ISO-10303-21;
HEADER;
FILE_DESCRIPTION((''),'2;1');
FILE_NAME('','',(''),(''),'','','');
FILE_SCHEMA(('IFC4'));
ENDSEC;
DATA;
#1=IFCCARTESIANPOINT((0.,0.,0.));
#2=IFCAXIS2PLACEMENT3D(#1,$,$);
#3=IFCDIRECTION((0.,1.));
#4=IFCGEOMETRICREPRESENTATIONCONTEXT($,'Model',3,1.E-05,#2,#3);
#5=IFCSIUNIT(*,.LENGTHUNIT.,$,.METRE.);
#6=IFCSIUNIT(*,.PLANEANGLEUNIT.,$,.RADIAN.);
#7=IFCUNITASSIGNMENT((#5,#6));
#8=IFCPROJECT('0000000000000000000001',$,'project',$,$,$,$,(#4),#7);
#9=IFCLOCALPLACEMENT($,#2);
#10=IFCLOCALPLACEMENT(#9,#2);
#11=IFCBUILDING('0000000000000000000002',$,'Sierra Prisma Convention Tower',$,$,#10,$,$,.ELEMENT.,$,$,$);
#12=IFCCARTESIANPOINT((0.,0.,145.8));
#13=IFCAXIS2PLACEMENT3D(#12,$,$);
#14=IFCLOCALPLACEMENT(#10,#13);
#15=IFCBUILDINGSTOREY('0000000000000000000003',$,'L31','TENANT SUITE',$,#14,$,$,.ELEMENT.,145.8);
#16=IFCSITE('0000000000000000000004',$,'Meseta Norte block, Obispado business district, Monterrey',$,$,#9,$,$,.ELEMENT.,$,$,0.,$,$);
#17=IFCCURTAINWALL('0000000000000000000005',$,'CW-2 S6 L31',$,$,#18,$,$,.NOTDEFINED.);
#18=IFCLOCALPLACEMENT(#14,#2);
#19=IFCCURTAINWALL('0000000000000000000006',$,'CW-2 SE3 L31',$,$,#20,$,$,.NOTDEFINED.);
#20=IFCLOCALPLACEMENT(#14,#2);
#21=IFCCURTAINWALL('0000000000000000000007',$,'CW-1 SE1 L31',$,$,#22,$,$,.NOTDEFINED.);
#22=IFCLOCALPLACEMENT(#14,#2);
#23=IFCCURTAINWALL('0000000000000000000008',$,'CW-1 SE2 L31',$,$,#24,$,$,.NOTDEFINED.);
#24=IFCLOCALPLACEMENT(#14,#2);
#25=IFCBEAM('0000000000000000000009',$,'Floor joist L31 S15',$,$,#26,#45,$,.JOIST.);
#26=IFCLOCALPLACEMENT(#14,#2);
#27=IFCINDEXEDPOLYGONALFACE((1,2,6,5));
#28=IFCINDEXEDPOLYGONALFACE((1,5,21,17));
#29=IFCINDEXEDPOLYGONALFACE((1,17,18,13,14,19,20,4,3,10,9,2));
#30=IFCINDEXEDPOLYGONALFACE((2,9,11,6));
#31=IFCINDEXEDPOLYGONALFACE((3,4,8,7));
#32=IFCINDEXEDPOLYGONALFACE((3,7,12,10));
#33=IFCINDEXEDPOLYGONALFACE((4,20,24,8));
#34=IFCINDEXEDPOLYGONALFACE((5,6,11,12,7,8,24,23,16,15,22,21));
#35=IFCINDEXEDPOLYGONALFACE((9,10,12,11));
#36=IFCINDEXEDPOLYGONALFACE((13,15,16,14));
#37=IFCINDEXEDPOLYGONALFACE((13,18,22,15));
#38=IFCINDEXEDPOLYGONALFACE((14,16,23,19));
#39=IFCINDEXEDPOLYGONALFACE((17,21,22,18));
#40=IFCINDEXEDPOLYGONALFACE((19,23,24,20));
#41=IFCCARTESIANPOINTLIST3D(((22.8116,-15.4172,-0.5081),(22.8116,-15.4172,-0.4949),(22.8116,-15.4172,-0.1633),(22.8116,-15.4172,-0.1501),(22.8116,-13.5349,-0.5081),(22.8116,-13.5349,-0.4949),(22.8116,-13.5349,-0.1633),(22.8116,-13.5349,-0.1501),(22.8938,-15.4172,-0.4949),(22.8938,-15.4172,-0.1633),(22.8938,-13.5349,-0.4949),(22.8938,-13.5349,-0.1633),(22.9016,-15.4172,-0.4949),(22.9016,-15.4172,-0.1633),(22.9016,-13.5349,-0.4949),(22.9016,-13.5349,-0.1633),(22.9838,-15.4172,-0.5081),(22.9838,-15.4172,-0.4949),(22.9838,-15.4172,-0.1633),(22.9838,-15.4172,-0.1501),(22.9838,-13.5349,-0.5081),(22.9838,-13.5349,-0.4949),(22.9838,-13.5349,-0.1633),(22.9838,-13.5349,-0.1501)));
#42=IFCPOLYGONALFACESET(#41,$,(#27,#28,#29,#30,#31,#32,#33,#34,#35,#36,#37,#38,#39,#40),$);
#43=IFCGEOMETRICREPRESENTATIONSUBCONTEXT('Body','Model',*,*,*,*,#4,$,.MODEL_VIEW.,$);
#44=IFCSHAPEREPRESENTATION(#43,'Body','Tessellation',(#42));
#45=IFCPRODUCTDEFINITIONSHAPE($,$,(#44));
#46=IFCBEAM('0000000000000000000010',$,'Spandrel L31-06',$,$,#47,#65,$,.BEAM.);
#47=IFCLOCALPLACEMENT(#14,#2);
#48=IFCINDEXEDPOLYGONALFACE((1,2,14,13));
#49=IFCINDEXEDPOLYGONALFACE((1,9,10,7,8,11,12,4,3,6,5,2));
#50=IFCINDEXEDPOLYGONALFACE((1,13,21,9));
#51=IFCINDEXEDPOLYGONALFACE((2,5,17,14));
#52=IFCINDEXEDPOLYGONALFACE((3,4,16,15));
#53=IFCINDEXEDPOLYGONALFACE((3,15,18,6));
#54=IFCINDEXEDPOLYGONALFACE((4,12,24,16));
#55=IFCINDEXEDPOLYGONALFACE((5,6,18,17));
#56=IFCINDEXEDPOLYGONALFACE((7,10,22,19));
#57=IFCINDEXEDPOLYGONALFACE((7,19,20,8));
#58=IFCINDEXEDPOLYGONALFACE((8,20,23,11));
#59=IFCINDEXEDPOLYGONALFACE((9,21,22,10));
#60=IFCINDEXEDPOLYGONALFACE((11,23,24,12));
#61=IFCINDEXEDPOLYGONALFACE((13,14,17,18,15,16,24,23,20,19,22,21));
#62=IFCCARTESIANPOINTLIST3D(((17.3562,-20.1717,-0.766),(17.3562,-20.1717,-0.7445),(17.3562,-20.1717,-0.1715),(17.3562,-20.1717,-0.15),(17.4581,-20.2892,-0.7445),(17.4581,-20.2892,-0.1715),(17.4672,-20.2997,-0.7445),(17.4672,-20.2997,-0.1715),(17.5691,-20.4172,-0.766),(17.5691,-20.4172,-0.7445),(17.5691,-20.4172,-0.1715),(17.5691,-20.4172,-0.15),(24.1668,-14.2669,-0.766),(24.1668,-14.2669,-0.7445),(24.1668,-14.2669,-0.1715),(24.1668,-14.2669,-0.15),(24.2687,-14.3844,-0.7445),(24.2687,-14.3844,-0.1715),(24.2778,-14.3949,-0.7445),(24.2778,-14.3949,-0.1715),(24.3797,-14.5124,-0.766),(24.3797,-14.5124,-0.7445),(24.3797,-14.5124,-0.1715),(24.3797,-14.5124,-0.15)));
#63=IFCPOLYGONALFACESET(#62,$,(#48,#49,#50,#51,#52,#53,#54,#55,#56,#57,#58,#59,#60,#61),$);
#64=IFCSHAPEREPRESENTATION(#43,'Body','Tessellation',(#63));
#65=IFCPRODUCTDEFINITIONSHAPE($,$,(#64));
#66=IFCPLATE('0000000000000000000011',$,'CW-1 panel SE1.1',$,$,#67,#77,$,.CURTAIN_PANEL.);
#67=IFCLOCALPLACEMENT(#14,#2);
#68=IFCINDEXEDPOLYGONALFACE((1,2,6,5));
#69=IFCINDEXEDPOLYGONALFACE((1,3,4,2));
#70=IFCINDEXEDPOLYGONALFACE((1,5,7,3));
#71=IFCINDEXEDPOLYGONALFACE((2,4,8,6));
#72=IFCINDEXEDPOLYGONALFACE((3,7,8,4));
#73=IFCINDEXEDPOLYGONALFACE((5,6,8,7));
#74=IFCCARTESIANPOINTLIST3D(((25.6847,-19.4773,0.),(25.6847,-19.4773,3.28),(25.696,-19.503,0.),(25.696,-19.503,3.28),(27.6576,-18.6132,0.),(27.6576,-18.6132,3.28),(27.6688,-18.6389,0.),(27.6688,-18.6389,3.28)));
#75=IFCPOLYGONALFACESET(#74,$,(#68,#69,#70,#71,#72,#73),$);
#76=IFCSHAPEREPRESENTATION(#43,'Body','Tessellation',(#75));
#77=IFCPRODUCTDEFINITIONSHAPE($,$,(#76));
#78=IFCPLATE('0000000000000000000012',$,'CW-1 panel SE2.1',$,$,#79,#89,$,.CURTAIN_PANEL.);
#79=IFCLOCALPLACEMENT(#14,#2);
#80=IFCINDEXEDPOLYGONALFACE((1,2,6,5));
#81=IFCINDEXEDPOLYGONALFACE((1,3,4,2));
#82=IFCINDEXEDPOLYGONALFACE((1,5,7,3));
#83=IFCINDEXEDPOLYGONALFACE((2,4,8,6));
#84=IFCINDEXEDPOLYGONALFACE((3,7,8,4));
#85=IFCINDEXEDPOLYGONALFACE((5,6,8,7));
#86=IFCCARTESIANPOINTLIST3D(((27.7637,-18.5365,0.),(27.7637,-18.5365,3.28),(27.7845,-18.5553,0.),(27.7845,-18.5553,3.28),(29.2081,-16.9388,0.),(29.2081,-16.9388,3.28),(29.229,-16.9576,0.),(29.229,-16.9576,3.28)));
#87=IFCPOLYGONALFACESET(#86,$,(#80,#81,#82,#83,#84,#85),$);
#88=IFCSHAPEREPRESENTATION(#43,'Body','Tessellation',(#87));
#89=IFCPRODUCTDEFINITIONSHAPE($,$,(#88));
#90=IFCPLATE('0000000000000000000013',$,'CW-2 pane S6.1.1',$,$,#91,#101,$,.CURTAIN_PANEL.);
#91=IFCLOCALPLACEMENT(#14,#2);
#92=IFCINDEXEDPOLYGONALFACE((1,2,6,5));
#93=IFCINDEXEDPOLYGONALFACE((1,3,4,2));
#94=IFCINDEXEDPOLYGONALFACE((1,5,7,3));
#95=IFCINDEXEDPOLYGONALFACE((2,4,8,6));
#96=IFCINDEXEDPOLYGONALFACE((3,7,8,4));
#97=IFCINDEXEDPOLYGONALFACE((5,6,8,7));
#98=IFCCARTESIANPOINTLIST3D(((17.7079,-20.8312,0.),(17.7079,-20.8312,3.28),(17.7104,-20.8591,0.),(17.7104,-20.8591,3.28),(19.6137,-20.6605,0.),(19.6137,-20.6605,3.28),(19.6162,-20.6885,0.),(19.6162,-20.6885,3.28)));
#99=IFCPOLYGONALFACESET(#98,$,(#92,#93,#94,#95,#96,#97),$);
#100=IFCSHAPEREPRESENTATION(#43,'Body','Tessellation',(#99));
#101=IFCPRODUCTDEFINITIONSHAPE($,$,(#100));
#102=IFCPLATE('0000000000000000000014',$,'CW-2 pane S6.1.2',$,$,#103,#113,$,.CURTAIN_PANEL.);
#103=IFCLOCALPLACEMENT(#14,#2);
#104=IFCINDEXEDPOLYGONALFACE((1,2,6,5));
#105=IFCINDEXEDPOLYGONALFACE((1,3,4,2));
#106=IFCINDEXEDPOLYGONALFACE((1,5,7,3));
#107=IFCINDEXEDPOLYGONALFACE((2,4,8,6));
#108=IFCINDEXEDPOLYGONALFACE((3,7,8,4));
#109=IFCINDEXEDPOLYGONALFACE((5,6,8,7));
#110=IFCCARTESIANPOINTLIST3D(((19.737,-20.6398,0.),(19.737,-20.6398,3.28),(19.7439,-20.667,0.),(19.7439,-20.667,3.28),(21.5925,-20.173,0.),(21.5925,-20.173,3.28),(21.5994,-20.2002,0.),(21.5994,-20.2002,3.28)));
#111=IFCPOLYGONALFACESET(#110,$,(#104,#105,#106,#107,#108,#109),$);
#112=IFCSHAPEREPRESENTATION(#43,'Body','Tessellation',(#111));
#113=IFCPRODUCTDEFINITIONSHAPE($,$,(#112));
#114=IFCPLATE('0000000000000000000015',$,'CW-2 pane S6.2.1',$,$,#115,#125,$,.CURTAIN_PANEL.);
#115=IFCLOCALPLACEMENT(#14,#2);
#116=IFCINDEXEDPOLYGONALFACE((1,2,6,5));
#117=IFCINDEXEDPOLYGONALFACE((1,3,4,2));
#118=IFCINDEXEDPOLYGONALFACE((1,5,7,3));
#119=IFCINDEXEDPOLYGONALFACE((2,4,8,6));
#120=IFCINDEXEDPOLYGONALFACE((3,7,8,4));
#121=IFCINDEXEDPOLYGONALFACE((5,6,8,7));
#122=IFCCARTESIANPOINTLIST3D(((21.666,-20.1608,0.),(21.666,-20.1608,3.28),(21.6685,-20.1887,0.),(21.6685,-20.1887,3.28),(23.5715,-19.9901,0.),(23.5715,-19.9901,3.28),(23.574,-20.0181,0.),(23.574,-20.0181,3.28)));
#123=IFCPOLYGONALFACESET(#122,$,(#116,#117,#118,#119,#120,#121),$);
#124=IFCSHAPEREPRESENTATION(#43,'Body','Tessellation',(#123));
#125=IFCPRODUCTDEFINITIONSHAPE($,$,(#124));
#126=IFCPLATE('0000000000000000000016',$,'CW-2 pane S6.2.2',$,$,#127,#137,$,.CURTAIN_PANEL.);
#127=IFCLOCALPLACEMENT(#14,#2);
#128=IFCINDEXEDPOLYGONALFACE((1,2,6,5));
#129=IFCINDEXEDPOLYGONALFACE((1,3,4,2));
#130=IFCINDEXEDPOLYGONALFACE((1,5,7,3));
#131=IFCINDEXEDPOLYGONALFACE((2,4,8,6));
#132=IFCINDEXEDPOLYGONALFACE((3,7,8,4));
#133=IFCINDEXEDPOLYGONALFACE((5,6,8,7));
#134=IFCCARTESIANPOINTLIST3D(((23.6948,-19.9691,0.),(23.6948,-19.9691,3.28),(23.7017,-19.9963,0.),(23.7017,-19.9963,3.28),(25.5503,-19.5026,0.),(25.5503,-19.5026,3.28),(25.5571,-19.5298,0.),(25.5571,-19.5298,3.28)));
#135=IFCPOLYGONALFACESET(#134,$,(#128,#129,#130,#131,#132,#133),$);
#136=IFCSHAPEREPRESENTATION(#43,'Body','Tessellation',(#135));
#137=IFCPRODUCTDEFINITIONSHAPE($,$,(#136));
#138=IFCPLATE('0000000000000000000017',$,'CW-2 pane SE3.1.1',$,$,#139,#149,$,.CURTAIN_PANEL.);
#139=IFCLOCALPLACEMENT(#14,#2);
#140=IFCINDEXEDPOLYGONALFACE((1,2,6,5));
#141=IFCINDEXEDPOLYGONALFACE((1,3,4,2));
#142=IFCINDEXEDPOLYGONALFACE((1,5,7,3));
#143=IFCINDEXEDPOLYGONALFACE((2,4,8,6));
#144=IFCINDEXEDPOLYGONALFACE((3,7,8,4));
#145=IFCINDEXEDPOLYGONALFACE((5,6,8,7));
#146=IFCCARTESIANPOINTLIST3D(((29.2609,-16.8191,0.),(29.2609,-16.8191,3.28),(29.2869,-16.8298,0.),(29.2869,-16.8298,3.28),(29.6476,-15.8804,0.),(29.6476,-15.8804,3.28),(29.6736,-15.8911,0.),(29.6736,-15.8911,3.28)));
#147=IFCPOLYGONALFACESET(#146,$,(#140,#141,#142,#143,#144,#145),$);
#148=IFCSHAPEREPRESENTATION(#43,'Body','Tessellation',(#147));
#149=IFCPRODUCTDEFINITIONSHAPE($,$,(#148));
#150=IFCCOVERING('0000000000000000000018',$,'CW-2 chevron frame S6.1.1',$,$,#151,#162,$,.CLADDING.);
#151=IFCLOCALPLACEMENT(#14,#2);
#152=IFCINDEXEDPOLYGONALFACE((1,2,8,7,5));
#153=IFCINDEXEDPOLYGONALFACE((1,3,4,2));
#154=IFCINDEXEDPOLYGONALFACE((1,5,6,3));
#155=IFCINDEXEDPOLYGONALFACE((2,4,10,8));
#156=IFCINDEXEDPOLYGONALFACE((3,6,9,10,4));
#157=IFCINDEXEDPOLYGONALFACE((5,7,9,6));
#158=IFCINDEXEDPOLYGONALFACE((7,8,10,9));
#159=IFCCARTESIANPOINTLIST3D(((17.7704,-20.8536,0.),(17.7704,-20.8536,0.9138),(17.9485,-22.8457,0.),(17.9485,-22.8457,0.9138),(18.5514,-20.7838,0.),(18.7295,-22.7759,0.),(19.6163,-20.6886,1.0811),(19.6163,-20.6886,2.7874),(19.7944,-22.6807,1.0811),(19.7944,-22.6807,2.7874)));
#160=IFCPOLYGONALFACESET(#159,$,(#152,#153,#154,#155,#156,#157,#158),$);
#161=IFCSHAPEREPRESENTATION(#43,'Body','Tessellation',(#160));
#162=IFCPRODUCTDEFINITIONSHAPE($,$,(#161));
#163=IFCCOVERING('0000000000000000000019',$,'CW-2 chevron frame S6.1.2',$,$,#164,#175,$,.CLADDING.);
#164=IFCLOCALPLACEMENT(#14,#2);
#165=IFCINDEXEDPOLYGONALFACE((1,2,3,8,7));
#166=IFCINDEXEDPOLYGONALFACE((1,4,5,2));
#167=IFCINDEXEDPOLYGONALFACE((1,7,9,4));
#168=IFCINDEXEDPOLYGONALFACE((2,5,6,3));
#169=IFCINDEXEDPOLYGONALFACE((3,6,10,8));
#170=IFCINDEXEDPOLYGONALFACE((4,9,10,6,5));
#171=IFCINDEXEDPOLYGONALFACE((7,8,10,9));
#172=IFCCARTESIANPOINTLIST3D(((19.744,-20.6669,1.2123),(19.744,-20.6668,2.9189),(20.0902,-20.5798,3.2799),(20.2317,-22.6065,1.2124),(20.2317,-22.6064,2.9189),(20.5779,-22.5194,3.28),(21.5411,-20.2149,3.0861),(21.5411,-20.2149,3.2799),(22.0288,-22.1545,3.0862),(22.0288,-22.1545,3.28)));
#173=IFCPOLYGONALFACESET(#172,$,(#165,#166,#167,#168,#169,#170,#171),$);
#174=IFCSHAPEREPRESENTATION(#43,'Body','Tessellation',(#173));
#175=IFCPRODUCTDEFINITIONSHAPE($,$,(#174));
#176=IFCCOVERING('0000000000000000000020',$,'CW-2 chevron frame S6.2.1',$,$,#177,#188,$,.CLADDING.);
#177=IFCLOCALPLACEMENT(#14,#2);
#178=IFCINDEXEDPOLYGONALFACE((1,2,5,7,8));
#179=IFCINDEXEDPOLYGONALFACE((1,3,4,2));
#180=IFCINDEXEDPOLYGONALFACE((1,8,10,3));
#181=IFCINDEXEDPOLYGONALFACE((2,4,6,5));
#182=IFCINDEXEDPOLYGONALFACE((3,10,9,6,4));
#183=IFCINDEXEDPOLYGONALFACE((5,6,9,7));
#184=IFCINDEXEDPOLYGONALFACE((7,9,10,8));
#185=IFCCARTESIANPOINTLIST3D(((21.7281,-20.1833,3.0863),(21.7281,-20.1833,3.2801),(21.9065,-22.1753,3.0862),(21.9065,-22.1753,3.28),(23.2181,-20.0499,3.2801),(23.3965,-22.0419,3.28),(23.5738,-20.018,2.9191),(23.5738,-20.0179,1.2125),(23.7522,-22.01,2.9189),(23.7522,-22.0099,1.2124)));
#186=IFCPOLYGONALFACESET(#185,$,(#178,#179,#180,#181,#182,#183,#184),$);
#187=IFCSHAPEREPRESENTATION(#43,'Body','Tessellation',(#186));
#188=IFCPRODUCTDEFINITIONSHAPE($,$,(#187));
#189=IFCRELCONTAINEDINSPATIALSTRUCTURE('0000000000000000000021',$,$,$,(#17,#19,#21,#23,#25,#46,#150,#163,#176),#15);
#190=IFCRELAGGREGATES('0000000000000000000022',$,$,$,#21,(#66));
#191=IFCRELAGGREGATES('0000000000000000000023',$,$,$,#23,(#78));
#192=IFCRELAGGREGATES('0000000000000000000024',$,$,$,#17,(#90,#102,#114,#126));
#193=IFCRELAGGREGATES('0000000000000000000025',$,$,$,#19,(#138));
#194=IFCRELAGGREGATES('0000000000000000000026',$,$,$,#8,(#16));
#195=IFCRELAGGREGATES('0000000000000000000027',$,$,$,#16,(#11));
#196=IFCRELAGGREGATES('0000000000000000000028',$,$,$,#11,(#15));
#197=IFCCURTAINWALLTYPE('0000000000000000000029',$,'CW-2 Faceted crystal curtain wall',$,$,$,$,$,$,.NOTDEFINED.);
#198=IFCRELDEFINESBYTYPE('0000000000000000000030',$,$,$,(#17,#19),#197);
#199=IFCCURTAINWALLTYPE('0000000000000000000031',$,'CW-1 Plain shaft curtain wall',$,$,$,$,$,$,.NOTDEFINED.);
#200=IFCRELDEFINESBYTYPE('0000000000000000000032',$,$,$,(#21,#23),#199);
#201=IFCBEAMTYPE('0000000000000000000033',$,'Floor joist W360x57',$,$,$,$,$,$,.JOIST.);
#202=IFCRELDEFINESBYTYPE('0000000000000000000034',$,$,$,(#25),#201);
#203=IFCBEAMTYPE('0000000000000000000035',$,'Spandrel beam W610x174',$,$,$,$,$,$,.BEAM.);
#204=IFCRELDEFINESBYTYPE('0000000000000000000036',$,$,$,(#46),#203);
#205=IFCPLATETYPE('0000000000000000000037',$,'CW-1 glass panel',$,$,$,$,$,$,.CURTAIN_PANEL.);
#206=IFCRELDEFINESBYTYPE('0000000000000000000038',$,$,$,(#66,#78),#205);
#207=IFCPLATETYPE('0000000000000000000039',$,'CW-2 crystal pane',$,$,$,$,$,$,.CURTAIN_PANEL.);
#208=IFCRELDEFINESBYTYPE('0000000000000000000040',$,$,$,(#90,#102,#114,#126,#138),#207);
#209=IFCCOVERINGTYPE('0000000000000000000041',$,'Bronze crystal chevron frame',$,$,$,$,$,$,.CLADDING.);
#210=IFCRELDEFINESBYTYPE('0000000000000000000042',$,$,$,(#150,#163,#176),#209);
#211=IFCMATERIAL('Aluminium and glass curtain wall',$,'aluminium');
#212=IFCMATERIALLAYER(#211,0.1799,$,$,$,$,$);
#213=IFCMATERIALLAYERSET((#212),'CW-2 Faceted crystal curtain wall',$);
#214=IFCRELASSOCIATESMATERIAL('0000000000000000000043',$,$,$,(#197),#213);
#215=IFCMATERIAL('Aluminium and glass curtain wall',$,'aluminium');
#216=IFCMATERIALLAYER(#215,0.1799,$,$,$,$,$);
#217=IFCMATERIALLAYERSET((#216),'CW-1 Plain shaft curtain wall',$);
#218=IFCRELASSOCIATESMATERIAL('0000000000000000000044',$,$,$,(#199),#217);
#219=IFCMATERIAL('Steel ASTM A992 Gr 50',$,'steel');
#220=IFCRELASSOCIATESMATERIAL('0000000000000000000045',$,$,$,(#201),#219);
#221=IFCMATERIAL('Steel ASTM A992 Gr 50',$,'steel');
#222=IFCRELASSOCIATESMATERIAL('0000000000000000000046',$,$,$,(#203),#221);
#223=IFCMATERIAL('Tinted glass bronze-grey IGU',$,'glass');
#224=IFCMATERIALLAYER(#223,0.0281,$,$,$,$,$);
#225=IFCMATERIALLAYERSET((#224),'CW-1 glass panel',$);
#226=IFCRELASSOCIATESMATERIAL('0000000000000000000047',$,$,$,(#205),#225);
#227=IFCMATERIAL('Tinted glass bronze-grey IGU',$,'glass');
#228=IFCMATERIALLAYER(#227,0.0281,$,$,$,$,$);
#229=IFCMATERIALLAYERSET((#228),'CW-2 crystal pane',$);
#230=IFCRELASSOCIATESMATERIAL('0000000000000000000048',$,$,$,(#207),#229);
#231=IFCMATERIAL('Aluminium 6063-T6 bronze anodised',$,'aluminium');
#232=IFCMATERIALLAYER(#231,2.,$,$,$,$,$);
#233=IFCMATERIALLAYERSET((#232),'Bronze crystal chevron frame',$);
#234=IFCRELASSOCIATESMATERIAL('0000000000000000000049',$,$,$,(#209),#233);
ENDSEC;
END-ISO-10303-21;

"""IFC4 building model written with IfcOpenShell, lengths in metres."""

from ifc_helpers import new_model, si_unit, direction, frame, origin, origin_2d, place, context, subcontext, project, spatial, polyline, rectangle, i_section, outline, extrude, material, layer, layer_set, material_profile, profile_set, type_object, element, aggregate, save


model = new_model("IFC4")

# Units and contexts
model_context = context("Model", 3, precision=1e-05, world=origin(), true_north=direction((0.0, 1.0)))
body_context = subcontext(model_context, "Body", "Model", "MODEL_VIEW")
ifc_project = project(units=[si_unit("LENGTHUNIT", "METRE"), si_unit("PLANEANGLEUNIT", "RADIAN")], contexts=[model_context])

# Site, building, storey
site_placement = place(None, origin())
site = spatial("IfcSite", under=ifc_project, at=site_placement, Name="Meseta Norte block, Obispado business district, Monterrey", CompositionType="ELEMENT", RefElevation=0.0)
building_placement = place(site_placement, origin())
building = spatial("IfcBuilding", under=site, at=building_placement, Name="Sierra Prisma Convention Tower", CompositionType="ELEMENT")
storey_placement = place(building_placement, frame((0.0, 0.0, 145.8)))
storey = spatial("IfcBuildingStorey", under=building, at=storey_placement, Name="L31", Description="TENANT SUITE", CompositionType="ELEMENT", Elevation=145.8)

# Curtain wall
ifc_material_1 = material(Name="Aluminium and glass curtain wall", Category="aluminium")
ifc_layer_1 = layer(ifc_material_1, 0.1799)
ifc_layer_set_1 = layer_set([ifc_layer_1], Name="CW-2 Faceted crystal curtain wall")
curtain_wall_type_1 = type_object("IfcCurtainWallType", Name="CW-2 Faceted crystal curtain wall", PredefinedType="NOTDEFINED", material=ifc_layer_set_1)
curtain_wall_1_placement = place(storey_placement, origin())
curtain_wall_1 = element("IfcCurtainWall", 1, at=curtain_wall_1_placement, inside=storey, type_object=curtain_wall_type_1, Name="CW-2 S6 L31", PredefinedType="NOTDEFINED")

# Curtain wall
curtain_wall_2_placement = place(storey_placement, origin())
curtain_wall_2 = element("IfcCurtainWall", 2, at=curtain_wall_2_placement, inside=storey, type_object=curtain_wall_type_1, Name="CW-2 SE3 L31", PredefinedType="NOTDEFINED")

# Curtain walls
ifc_material_2 = material(Name="Aluminium and glass curtain wall", Category="aluminium")
ifc_layer_2 = layer(ifc_material_2, 0.1799)
ifc_layer_set_2 = layer_set([ifc_layer_2], Name="CW-1 Plain shaft curtain wall")
curtain_wall_type_2 = type_object("IfcCurtainWallType", Name="CW-1 Plain shaft curtain wall", PredefinedType="NOTDEFINED", material=ifc_layer_set_2)
curtain_wall_3_placement = place(storey_placement, origin())
curtain_wall_3 = element("IfcCurtainWall", 3, at=curtain_wall_3_placement, inside=storey, type_object=curtain_wall_type_2, Name="CW-1 SE1 L31", PredefinedType="NOTDEFINED")
curtain_wall_4_placement = place(storey_placement, origin())
curtain_wall_4 = element("IfcCurtainWall", 4, at=curtain_wall_4_placement, inside=storey, type_object=curtain_wall_type_2, Name="CW-1 SE2 L31", PredefinedType="NOTDEFINED")

# Beams
ifc_material_3 = material(Name="Steel ASTM A992 Gr 50", Category="steel")
ifc_material_profile_1 = material_profile(ifc_material_3, i_section(OverallWidth=0.1721, OverallDepth=0.3579, WebThickness=0.0078, FlangeThickness=0.0132, at=origin_2d()), Name="W360x57")
ifc_profile_set_1 = profile_set([ifc_material_profile_1], Name="Steel ASTM A992 Gr 50")
beam_type_1 = type_object("IfcBeamType", Name="Floor joist W360x57", PredefinedType="JOIST", material=ifc_profile_set_1)
beam_1_placement = place(storey_placement, frame((22.8977, -15.4172, -0.3291), z_axis=(0.0, 1.0, 0.0), x_axis=(-1.0, 0.0, 0.0)))
element("IfcBeam", 5, at=beam_1_placement, inside=storey, type_object=beam_type_1, Name="Floor joist L31 S15", PredefinedType="JOIST", context=body_context, shape_type="SweptSolid", body=[
    extrude(i_section(OverallWidth=0.1721, OverallDepth=0.3579, WebThickness=0.0078, FlangeThickness=0.0132, at=origin_2d()), origin(), (0.0, 0.0, 1.0), 1.8823),
])
ifc_material_4 = material(Name="Steel ASTM A992 Gr 50", Category="steel")
ifc_material_profile_2 = material_profile(ifc_material_4, i_section(OverallWidth=0.325, OverallDepth=0.616, WebThickness=0.0139, FlangeThickness=0.0215, at=origin_2d()), Name="W610x174")
ifc_profile_set_2 = profile_set([ifc_material_profile_2], Name="Steel ASTM A992 Gr 50")
beam_type_2 = type_object("IfcBeamType", Name="Spandrel beam W610x174", PredefinedType="BEAM", material=ifc_profile_set_2)
beam_2_placement = place(storey_placement, frame((17.4626, -20.2944, -0.458), z_axis=(0.755562, 0.655077, 0.0), x_axis=(-0.655077, 0.755562, 0.0)))
element("IfcBeam", 6, at=beam_2_placement, inside=storey, type_object=beam_type_2, Name="Spandrel L31-06", PredefinedType="BEAM", context=body_context, shape_type="SweptSolid", body=[
    extrude(i_section(OverallWidth=0.325, OverallDepth=0.616, WebThickness=0.0139, FlangeThickness=0.0215, at=origin_2d()), origin(), (0.0, 0.0, 1.0), 9.0139),
])

# Plates
ifc_material_5 = material(Name="Tinted glass bronze-grey IGU", Category="glass")
ifc_layer_3 = layer(ifc_material_5, 0.0281)
ifc_layer_set_3 = layer_set([ifc_layer_3], Name="CW-1 glass panel")
plate_type_1 = type_object("IfcPlateType", Name="CW-1 glass panel", PredefinedType="CURTAIN_PANEL", material=ifc_layer_set_3)
plate_1_placement = place(storey_placement, frame((26.6768, -19.0581, 0.0), z_axis=(0.0, 0.0, 1.0), x_axis=(0.915988, 0.401205, 0.0)))
plate_1 = element("IfcPlate", 7, at=plate_1_placement, type_object=plate_type_1, Name="CW-1 panel SE1.1", PredefinedType="CURTAIN_PANEL", context=body_context, shape_type="SweptSolid", body=[
    extrude(rectangle(XDim=2.1538, YDim=0.0281, at=origin_2d()), origin(), (0.0, 0.0, 1.0), 3.28),
])
aggregate(curtain_wall_3, [plate_1])
plate_2_placement = place(storey_placement, frame((28.4963, -17.7471, 0.0), z_axis=(0.0, 0.0, 1.0), x_axis=(0.670627, 0.741795, 0.0)))
plate_2 = element("IfcPlate", 8, at=plate_2_placement, type_object=plate_type_1, Name="CW-1 panel SE2.1", PredefinedType="CURTAIN_PANEL", context=body_context, shape_type="SweptSolid", body=[
    extrude(rectangle(XDim=2.1538, YDim=0.0281, at=origin_2d()), origin(), (0.0, 0.0, 1.0), 3.28),
])
aggregate(curtain_wall_4, [plate_2])
ifc_material_6 = material(Name="Tinted glass bronze-grey IGU", Category="glass")
ifc_layer_4 = layer(ifc_material_6, 0.0281)
ifc_layer_set_4 = layer_set([ifc_layer_4], Name="CW-2 crystal pane")
plate_type_2 = type_object("IfcPlateType", Name="CW-2 crystal pane", PredefinedType="CURTAIN_PANEL", material=ifc_layer_set_4)
plate_3_placement = place(storey_placement, frame((17.7104, -20.8591, 0.0), z_axis=(0.08919, -0.996015, 0.0), x_axis=(0.996015, 0.08919, 0.0)))
plate_3 = element("IfcPlate", 9, at=plate_3_placement, type_object=plate_type_2, Name="CW-2 pane S6.1.1", PredefinedType="CURTAIN_PANEL", context=body_context, shape_type="SweptSolid", body=[
    extrude(outline(polyline([(0.0, 0.0), (1.9134, 0.0), (1.9134, 3.28), (0.0, 3.28), (0.0, 0.0)])), origin(), (0.0, 0.0, -1.0), 0.0281),
])
plate_4_placement = place(storey_placement, frame((21.5994, -20.2002, 0.0), z_axis=(0.243977, -0.969781, 0.0), x_axis=(-0.969781, -0.243977, 0.0)))
plate_4 = element("IfcPlate", 10, at=plate_4_placement, type_object=plate_type_2, Name="CW-2 pane S6.1.2", PredefinedType="CURTAIN_PANEL", context=body_context, shape_type="SweptSolid", body=[
    extrude(outline(polyline([(0.0, 0.0), (1.9133, 0.0), (1.9133, -3.28), (0.0, -3.28), (0.0, 0.0)])), origin(), (0.0, 0.0, -1.0), 0.0281),
])
plate_5_placement = place(storey_placement, frame((21.6685, -20.1887, 0.0), z_axis=(0.089201, -0.996014, 0.0), x_axis=(0.996014, 0.089201, 0.0)))
plate_5 = element("IfcPlate", 11, at=plate_5_placement, type_object=plate_type_2, Name="CW-2 pane S6.2.1", PredefinedType="CURTAIN_PANEL", context=body_context, shape_type="SweptSolid", body=[
    extrude(outline(polyline([(0.0, 0.0), (1.9131, 0.0), (1.9131, 3.28), (0.0, 3.28), (0.0, 0.0)])), origin(), (0.0, 0.0, -1.0), 0.0281),
])
plate_6_placement = place(storey_placement, frame((25.5571, -19.5298, 0.0), z_axis=(0.243857, -0.969811, 0.0), x_axis=(-0.969811, -0.243857, 0.0)))
plate_6 = element("IfcPlate", 12, at=plate_6_placement, type_object=plate_type_2, Name="CW-2 pane S6.2.2", PredefinedType="CURTAIN_PANEL", context=body_context, shape_type="SweptSolid", body=[
    extrude(outline(polyline([(0.0, 0.0), (1.9132, 0.0), (1.9132, -3.28), (0.0, -3.28), (0.0, 0.0)])), origin(), (0.0, 0.0, -1.0), 0.0281),
])
aggregate(curtain_wall_1, [plate_3, plate_4, plate_5, plate_6])
plate_7_placement = place(storey_placement, frame((29.2869, -16.8298, 0.0), z_axis=(0.924613, -0.380907, 0.0), x_axis=(0.380907, 0.924613, 0.0)))
plate_7 = element("IfcPlate", 13, at=plate_7_placement, type_object=plate_type_2, Name="CW-2 pane SE3.1.1", PredefinedType="CURTAIN_PANEL", context=body_context, shape_type="SweptSolid", body=[
    extrude(outline(polyline([(0.0, 0.0), (1.0153, 0.0), (1.0153, 3.28), (0.0, 3.28), (0.0, 0.0)])), origin(), (0.0, 0.0, -1.0), 0.0281),
])
aggregate(curtain_wall_2, [plate_7])

# Coverings
ifc_material_7 = material(Name="Aluminium 6063-T6 bronze anodised", Category="aluminium")
ifc_layer_5 = layer(ifc_material_7, 2.0)
ifc_layer_set_5 = layer_set([ifc_layer_5], Name="Bronze crystal chevron frame")
covering_type = type_object("IfcCoveringType", Name="Bronze crystal chevron frame", PredefinedType="CLADDING", material=ifc_layer_set_5)
covering_1_placement = place(storey_placement, frame((17.9485, -22.8457, 0.0), z_axis=(0.08905, -0.996027, 0.000001), x_axis=(0.996027, 0.08905, 0.0)))
element("IfcCovering", 14, at=covering_1_placement, inside=storey, type_object=covering_type, Name="CW-2 chevron frame S6.1.1", PredefinedType="CLADDING", context=body_context, shape_type="SweptSolid", body=[
    extrude(outline(polyline([(0.0, 0.0), (0.7841, 0.0), (1.8533, 1.0811), (1.8533, 2.7874), (0.0, 0.9138), (0.0, 0.0)])), origin(), (0.0, 0.0, -1.0), 2.0),
])
covering_2_placement = place(storey_placement, frame((20.2317, -22.6064, 2.9189), z_axis=(0.24386, -0.969811, 0.000046), x_axis=(0.000011, -0.000045, -1.0)))
element("IfcCovering", 15, at=covering_2_placement, inside=storey, type_object=covering_type, Name="CW-2 chevron frame S6.1.2", PredefinedType="CLADDING", context=body_context, shape_type="SweptSolid", body=[
    extrude(outline(polyline([(0.0, 0.0), (1.7065, 0.0), (-0.1672, 1.8531), (-0.3611, 1.8531), (-0.3611, 0.357), (0.0, 0.0)])), origin(), (0.0, 0.0, -1.0), 2.0),
])
covering_3_placement = place(storey_placement, frame((21.9065, -22.1753, 3.28), z_axis=(0.089182, -0.996015, -0.000058), x_axis=(-0.000005, 0.000058, -1.0)))
element("IfcCovering", 16, at=covering_3_placement, inside=storey, type_object=covering_type, Name="CW-2 chevron frame S6.2.1", PredefinedType="CLADDING", context=body_context, shape_type="SweptSolid", body=[
    extrude(outline(polyline([(0.0, 0.0), (0.1938, 0.0), (2.0676, 1.8531), (0.3611, 1.8531), (0.0, 1.4959), (0.0, 0.0)])), origin(), (0.0, 0.0, -1.0), 2.0),
])

save(model, "model.ifc")
